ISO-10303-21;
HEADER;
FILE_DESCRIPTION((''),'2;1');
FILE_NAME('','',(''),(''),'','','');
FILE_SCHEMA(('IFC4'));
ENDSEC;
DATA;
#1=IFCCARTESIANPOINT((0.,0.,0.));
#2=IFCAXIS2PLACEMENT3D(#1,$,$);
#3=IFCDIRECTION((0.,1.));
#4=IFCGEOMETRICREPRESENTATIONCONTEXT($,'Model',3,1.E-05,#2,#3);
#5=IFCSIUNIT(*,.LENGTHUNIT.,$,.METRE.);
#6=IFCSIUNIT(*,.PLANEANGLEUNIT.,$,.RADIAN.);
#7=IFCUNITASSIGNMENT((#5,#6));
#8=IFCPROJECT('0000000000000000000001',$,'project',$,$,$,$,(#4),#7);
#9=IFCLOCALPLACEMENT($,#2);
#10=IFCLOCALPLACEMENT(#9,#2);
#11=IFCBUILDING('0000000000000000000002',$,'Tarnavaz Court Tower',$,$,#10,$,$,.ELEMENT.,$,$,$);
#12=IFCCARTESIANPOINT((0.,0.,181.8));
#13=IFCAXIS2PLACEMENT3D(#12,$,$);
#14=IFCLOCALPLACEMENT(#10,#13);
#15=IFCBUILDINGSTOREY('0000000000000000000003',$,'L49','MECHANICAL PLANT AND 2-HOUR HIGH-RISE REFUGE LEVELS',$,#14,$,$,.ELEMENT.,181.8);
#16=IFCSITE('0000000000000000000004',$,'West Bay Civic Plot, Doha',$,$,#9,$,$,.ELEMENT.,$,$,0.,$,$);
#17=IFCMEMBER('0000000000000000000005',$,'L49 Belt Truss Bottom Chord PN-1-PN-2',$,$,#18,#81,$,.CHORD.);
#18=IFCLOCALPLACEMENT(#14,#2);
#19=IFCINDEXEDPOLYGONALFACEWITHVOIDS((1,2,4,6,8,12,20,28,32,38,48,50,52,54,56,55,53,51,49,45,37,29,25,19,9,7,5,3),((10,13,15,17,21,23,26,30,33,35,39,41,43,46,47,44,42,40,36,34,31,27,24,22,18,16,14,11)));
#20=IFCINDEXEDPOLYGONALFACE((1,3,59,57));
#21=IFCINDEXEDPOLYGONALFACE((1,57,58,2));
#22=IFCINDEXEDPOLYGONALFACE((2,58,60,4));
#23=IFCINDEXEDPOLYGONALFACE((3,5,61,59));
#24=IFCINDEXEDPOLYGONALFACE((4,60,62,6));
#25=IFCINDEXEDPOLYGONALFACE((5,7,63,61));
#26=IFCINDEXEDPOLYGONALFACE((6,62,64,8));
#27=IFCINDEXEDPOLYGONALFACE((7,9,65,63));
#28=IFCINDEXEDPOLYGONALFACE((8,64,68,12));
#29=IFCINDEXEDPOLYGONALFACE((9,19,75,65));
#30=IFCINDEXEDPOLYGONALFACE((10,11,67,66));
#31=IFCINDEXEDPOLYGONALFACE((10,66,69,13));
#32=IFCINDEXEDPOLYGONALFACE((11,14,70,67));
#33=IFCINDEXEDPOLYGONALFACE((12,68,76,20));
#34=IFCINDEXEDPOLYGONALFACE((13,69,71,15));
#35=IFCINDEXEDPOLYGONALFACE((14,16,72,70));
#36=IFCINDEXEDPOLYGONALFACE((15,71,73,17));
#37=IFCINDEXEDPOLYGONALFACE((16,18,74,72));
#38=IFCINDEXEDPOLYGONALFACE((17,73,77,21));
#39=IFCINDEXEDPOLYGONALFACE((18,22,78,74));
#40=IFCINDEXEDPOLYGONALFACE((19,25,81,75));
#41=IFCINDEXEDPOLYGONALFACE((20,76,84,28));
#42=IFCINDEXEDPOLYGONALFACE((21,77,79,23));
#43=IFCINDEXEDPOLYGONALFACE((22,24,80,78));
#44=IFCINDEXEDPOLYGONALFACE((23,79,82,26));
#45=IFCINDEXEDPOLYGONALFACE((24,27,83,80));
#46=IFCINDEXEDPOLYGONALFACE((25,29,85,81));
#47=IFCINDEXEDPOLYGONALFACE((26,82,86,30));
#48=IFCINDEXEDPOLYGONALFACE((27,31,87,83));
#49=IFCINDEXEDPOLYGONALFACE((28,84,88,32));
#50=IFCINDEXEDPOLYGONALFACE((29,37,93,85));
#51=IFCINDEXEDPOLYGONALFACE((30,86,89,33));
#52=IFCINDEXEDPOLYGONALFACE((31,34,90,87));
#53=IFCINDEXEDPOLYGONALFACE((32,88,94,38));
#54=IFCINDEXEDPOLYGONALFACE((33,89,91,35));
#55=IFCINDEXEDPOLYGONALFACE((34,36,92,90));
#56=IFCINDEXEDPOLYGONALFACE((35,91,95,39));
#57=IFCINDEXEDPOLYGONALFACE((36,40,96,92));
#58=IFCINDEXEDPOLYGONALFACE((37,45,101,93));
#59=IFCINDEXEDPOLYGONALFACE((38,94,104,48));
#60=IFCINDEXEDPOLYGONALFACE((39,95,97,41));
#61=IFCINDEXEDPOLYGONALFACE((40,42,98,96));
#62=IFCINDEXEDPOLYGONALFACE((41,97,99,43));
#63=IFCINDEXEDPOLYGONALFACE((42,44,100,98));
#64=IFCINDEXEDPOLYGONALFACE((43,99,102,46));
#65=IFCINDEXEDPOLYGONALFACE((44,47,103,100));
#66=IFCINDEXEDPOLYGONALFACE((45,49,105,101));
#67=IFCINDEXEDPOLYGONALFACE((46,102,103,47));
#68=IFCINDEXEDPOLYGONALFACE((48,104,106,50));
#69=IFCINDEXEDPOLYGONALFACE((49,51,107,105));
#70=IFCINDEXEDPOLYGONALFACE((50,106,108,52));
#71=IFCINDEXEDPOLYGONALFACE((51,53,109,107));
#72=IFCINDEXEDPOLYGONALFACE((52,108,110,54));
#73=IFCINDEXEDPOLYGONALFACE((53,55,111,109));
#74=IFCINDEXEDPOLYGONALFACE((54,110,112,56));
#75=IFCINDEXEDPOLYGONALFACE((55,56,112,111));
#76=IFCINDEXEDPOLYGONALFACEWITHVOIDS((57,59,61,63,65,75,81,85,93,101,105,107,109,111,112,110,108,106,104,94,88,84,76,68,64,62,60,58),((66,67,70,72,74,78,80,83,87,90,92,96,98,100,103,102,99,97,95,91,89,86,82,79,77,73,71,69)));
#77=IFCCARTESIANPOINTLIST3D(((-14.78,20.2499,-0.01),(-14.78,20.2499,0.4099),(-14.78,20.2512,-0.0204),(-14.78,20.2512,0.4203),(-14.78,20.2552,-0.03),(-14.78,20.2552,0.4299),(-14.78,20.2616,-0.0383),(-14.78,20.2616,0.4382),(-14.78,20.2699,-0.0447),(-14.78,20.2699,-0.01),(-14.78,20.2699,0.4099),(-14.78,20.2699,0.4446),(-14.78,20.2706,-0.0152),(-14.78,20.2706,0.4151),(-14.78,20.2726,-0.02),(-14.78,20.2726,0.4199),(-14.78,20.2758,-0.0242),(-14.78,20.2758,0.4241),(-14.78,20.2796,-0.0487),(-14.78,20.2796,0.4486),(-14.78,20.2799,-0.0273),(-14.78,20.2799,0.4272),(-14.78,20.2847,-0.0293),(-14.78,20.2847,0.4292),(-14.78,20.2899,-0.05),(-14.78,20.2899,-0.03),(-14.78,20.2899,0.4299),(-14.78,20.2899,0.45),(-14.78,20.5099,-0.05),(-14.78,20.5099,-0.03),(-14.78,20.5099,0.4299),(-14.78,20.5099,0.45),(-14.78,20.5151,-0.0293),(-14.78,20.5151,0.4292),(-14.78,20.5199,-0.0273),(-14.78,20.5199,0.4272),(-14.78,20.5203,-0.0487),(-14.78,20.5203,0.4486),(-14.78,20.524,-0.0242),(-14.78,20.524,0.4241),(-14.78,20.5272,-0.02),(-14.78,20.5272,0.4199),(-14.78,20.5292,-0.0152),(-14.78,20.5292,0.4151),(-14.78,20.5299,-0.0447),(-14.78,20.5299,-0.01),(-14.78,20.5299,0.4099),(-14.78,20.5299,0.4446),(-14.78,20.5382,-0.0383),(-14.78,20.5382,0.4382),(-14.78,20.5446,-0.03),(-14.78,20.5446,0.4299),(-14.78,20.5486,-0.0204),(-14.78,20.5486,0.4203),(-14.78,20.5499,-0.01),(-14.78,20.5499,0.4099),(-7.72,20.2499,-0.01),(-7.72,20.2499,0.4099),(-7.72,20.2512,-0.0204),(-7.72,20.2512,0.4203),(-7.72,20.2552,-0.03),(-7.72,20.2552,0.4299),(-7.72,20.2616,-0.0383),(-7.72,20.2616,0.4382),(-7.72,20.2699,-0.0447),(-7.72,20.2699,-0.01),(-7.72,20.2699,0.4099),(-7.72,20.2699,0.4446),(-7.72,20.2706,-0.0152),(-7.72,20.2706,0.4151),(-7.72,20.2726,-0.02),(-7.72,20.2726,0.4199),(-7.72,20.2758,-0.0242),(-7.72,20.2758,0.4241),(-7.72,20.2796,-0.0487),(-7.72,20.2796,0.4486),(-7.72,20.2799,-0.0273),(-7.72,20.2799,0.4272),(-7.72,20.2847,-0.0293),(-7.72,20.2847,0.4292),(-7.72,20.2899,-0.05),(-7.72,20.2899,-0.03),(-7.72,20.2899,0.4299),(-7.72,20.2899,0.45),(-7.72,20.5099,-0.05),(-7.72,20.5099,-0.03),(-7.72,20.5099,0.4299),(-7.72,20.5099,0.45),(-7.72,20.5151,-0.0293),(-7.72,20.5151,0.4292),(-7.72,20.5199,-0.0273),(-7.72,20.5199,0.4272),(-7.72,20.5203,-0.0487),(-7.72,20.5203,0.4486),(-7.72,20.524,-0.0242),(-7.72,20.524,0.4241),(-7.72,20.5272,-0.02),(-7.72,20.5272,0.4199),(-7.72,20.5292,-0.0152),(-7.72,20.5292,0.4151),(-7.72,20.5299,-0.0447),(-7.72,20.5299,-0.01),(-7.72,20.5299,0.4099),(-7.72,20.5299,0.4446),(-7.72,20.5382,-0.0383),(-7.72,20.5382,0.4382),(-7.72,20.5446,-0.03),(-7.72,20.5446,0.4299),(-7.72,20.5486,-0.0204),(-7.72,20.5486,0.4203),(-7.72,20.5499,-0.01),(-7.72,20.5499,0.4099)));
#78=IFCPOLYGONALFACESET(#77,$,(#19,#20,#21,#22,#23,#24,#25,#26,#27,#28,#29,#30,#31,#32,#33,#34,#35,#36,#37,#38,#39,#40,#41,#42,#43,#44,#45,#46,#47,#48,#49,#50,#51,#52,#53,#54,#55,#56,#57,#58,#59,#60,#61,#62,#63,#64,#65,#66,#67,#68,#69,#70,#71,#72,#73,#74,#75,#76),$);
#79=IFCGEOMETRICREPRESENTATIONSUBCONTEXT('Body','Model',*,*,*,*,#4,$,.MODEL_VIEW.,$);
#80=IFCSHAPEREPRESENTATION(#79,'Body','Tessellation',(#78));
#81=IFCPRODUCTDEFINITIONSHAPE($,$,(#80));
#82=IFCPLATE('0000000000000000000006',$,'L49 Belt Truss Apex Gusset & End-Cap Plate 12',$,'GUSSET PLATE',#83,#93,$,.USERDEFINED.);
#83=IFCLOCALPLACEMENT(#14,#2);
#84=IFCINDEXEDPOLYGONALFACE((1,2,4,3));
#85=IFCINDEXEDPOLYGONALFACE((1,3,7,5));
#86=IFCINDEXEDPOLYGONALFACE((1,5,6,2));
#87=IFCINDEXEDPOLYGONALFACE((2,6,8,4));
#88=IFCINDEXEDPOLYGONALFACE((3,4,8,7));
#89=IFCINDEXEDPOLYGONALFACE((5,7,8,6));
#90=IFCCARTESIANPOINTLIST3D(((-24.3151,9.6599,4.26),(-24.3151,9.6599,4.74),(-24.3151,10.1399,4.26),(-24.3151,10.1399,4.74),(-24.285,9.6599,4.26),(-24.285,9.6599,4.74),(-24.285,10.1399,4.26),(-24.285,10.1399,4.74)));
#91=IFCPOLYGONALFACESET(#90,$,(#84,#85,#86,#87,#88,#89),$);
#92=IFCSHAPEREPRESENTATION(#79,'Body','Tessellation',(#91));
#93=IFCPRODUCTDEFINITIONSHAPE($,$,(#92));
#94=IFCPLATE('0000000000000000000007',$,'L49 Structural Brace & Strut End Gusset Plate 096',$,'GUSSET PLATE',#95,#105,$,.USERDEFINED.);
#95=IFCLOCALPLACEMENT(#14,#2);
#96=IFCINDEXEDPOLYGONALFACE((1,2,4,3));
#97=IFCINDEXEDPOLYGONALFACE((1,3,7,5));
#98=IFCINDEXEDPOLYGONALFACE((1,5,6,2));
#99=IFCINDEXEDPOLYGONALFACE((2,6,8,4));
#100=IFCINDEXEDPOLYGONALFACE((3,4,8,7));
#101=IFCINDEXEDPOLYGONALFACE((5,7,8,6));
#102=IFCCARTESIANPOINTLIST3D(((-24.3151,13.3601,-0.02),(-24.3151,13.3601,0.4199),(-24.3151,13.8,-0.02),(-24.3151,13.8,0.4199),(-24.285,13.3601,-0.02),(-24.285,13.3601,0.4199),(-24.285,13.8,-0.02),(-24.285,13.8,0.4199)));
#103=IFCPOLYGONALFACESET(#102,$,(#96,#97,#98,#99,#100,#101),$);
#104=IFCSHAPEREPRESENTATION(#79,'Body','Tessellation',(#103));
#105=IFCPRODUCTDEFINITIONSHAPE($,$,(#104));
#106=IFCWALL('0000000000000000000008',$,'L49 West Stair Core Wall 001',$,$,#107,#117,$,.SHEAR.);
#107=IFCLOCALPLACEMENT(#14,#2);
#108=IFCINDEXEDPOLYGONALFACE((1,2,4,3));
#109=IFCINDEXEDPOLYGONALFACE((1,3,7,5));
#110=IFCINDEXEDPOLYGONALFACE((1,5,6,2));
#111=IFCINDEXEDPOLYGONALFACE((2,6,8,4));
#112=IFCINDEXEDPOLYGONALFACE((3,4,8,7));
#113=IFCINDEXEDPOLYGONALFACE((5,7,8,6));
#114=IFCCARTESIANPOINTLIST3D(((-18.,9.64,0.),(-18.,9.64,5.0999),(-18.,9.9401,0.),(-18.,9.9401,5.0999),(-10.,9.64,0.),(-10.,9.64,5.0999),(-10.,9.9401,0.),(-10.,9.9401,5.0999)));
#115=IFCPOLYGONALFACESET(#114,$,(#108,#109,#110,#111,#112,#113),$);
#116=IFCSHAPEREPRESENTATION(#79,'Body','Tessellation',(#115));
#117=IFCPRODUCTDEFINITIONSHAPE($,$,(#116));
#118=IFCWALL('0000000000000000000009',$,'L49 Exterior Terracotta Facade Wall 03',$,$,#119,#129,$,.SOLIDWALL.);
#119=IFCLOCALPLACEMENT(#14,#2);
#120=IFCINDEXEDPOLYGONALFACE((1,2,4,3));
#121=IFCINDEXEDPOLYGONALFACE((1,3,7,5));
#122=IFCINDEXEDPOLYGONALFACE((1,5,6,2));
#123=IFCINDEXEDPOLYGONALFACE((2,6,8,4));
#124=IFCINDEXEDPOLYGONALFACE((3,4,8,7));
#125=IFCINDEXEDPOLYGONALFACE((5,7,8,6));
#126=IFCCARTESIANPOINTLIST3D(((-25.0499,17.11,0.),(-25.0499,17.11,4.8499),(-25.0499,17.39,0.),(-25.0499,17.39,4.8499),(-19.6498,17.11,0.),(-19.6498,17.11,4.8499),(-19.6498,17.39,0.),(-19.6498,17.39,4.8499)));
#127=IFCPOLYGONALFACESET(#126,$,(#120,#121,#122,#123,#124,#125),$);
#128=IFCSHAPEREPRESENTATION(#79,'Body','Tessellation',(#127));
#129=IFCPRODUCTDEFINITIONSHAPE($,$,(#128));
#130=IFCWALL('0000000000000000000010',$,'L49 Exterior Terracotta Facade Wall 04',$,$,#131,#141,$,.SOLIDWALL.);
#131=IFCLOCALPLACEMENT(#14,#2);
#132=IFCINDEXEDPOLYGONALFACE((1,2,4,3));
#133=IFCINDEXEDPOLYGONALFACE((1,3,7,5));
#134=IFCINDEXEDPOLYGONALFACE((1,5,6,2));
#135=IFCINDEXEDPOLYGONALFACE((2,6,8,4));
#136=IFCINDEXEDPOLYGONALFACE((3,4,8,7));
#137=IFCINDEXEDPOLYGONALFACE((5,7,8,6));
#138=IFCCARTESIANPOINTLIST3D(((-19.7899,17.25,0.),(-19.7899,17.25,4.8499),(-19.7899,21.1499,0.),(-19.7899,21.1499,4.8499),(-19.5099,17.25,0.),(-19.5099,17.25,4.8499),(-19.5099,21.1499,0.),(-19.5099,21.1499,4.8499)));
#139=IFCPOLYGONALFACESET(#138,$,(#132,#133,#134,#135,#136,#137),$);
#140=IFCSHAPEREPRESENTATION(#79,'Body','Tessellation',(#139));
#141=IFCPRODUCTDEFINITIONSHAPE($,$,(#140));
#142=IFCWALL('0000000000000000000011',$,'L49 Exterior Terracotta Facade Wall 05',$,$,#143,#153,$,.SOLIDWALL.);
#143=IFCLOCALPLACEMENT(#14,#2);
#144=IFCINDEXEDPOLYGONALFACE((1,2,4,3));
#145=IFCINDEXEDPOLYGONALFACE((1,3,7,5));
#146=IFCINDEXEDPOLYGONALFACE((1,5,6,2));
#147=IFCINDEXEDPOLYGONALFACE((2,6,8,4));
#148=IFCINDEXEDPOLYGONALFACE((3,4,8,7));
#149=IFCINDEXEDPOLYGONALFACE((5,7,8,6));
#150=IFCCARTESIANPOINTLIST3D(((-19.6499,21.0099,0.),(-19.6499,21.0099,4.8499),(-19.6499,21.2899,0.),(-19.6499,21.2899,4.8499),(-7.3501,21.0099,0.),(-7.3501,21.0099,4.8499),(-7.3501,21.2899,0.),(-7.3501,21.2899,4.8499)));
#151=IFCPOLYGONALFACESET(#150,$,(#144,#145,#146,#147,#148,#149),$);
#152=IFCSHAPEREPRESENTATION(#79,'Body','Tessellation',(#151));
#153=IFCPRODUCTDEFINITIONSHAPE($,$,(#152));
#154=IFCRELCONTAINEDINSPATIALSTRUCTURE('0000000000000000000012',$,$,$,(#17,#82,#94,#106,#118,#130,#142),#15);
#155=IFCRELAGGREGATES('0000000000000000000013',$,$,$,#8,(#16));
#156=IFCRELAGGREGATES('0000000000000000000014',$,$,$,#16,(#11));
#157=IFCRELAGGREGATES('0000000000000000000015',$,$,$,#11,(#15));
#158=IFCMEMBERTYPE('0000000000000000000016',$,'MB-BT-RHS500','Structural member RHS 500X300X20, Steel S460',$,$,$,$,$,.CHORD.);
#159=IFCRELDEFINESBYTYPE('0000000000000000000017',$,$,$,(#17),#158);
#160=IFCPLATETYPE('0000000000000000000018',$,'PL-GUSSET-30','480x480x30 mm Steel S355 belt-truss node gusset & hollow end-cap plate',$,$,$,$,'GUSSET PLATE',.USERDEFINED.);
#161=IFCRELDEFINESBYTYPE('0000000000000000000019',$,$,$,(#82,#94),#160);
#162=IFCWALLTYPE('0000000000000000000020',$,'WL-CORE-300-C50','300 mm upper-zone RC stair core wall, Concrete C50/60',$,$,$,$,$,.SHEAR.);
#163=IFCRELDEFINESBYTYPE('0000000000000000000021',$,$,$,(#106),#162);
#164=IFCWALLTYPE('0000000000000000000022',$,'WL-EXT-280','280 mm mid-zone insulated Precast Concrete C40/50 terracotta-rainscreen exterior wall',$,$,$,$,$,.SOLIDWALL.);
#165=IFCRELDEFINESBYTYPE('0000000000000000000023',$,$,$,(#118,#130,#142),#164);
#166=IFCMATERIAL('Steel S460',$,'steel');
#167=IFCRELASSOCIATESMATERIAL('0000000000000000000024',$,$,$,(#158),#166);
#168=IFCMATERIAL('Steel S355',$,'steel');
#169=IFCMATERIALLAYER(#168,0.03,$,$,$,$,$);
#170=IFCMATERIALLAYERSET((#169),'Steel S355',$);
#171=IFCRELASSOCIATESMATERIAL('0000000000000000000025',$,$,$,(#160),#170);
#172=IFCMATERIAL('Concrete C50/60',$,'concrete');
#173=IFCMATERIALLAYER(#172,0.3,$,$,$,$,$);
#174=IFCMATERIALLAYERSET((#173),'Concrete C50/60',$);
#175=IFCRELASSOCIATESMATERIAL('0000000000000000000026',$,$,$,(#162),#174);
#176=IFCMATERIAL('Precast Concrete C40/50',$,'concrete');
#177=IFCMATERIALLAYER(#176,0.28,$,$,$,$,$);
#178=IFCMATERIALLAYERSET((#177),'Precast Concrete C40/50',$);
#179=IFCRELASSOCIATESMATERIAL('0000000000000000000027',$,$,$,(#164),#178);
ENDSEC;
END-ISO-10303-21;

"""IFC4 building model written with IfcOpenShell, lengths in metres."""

from ifc_helpers import new_model, si_unit, direction, frame, frame_2d, origin, origin_2d, place, context, subcontext, project, spatial, rectangle, hollow_rectangle, extrude, material, layer, layer_set, material_profile, profile_set, type_object, element, save


model = new_model("IFC4")

# Units and contexts
model_context = context("Model", 3, precision=1e-05, world=origin(), true_north=direction((0.0, 1.0)))
body_context = subcontext(model_context, "Body", "Model", "MODEL_VIEW")
ifc_project = project(units=[si_unit("LENGTHUNIT", "METRE"), si_unit("PLANEANGLEUNIT", "RADIAN")], contexts=[model_context])

# Site, building, storey
site_placement = place(None, origin())
site = spatial("IfcSite", under=ifc_project, at=site_placement, Name="West Bay Civic Plot, Doha", CompositionType="ELEMENT", RefElevation=0.0)
building_placement = place(site_placement, origin())
building = spatial("IfcBuilding", under=site, at=building_placement, Name="Tarnavaz Court Tower", CompositionType="ELEMENT")
storey_placement = place(building_placement, frame((0.0, 0.0, 181.8)))
storey = spatial("IfcBuildingStorey", under=building, at=storey_placement, Name="L49", Description="MECHANICAL PLANT AND 2-HOUR HIGH-RISE REFUGE LEVELS", CompositionType="ELEMENT", Elevation=181.8)

# Shared definitions
ifc_material_1 = material(Name="Steel S460", Category="steel")

# Shared definitions
ifc_material_2 = material(Name="Concrete C50/60", Category="concrete")

# Member
ifc_material_profile_1 = material_profile(ifc_material_1, hollow_rectangle(XDim=0.3, YDim=0.5, WallThickness=0.02, InnerFilletRadius=0.02, OuterFilletRadius=0.04, at=origin_2d()), Name="RHS 500X300X20")
ifc_profile_set_1 = profile_set([ifc_material_profile_1], Name="Steel S460")
member_type_1 = type_object("IfcMemberType", Name="MB-BT-RHS500", Description="Structural member RHS 500X300X20, Steel S460", PredefinedType="CHORD", material=ifc_profile_set_1)
member_1_placement = place(storey_placement, frame((-14.78, 20.3999, 0.2), z_axis=(1.0, 0.0, 0.0), x_axis=(0.0, 1.0, 0.0)))
element("IfcMember", 1, at=member_1_placement, inside=storey, type_object=member_type_1, Name="L49 Belt Truss Bottom Chord PN-1-PN-2", PredefinedType="CHORD", context=body_context, shape_type="SweptSolid", body=[
    extrude(hollow_rectangle(XDim=0.3, YDim=0.5, WallThickness=0.02, InnerFilletRadius=0.02, OuterFilletRadius=0.04, at=origin_2d()), origin(), (0.0, 0.0, 1.0), 7.0601),
])

# Plates
ifc_material_3 = material(Name="Steel S355", Category="steel")
ifc_layer_1 = layer(ifc_material_3, 0.03)
ifc_layer_set_1 = layer_set([ifc_layer_1], Name="Steel S355")
plate_type = type_object("IfcPlateType", Name="PL-GUSSET-30", Description="480x480x30 mm Steel S355 belt-truss node gusset & hollow end-cap plate", ElementType="GUSSET PLATE", PredefinedType="USERDEFINED", material=ifc_layer_set_1)
plate_1_placement = place(storey_placement, frame((-24.3, 9.8999, 4.26), z_axis=(0.0, 0.0, 1.0), x_axis=(0.0, 1.0, 0.0)))
element("IfcPlate", 2, at=plate_1_placement, inside=storey, type_object=plate_type, Name="L49 Belt Truss Apex Gusset & End-Cap Plate 12", ObjectType="GUSSET PLATE", PredefinedType="USERDEFINED", context=body_context, shape_type="SweptSolid", body=[
    extrude(rectangle(XDim=0.48, YDim=0.03, at=origin_2d()), origin(), (0.0, 0.0, 1.0), 0.48),
])
plate_2_placement = place(storey_placement, frame((-24.3, 13.5801, -0.02), z_axis=(0.0, 0.0, 1.0), x_axis=(0.0, 1.0, 0.0)))
element("IfcPlate", 3, at=plate_2_placement, inside=storey, type_object=plate_type, Name="L49 Structural Brace & Strut End Gusset Plate 096", ObjectType="GUSSET PLATE", PredefinedType="USERDEFINED", context=body_context, shape_type="SweptSolid", body=[
    extrude(rectangle(XDim=0.4399, YDim=0.03, at=origin_2d()), origin(), (0.0, 0.0, 1.0), 0.4399),
])

# Walls
ifc_layer_2 = layer(ifc_material_2, 0.3)
ifc_layer_set_2 = layer_set([ifc_layer_2], Name="Concrete C50/60")
wall_type_1 = type_object("IfcWallType", Name="WL-CORE-300-C50", Description="300 mm upper-zone RC stair core wall, Concrete C50/60", PredefinedType="SHEAR", material=ifc_layer_set_2)
wall_1_placement = place(storey_placement, frame((-18.0, 9.79, 0.0), z_axis=(0.0, 0.0, 1.0), x_axis=(1.0, 0.0, 0.0)))
element("IfcWall", 4, at=wall_1_placement, inside=storey, type_object=wall_type_1, Name="L49 West Stair Core Wall 001", PredefinedType="SHEAR", context=body_context, shape_type="SweptSolid", body=[
    extrude(rectangle(XDim=8.0, YDim=0.3, at=frame_2d((4.0, 0.0))), origin(), (0.0, 0.0, 1.0), 5.0999),
])
ifc_material_4 = material(Name="Precast Concrete C40/50", Category="concrete")
ifc_layer_3 = layer(ifc_material_4, 0.28)
ifc_layer_set_3 = layer_set([ifc_layer_3], Name="Precast Concrete C40/50")
wall_type_2 = type_object("IfcWallType", Name="WL-EXT-280", Description="280 mm mid-zone insulated Precast Concrete C40/50 terracotta-rainscreen exterior wall", PredefinedType="SOLIDWALL", material=ifc_layer_set_3)
wall_2_placement = place(storey_placement, frame((-25.05, 17.25, 0.0), z_axis=(0.0, 0.0, 1.0), x_axis=(1.0, 0.0, 0.0)))
element("IfcWall", 5, at=wall_2_placement, inside=storey, type_object=wall_type_2, Name="L49 Exterior Terracotta Facade Wall 03", PredefinedType="SOLIDWALL", context=body_context, shape_type="SweptSolid", body=[
    extrude(rectangle(XDim=5.4001, YDim=0.28, at=frame_2d((2.7002, 0.0))), origin(), (0.0, 0.0, 1.0), 4.8499),
])
wall_3_placement = place(storey_placement, frame((-19.6499, 17.25, 0.0), z_axis=(0.0, 0.0, 1.0), x_axis=(0.0, 1.0, 0.0)))
element("IfcWall", 6, at=wall_3_placement, inside=storey, type_object=wall_type_2, Name="L49 Exterior Terracotta Facade Wall 04", PredefinedType="SOLIDWALL", context=body_context, shape_type="SweptSolid", body=[
    extrude(rectangle(XDim=3.8999, YDim=0.28, at=frame_2d((1.95, 0.0))), origin(), (0.0, 0.0, 1.0), 4.8499),
])
wall_4_placement = place(storey_placement, frame((-19.6499, 21.1499, 0.0), z_axis=(0.0, 0.0, 1.0), x_axis=(1.0, 0.0, 0.0)))
element("IfcWall", 7, at=wall_4_placement, inside=storey, type_object=wall_type_2, Name="L49 Exterior Terracotta Facade Wall 05", PredefinedType="SOLIDWALL", context=body_context, shape_type="SweptSolid", body=[
    extrude(rectangle(XDim=12.2998, YDim=0.28, at=frame_2d((6.1499, 0.0))), origin(), (0.0, 0.0, 1.0), 4.8499),
])

save(model, "model.ifc")
